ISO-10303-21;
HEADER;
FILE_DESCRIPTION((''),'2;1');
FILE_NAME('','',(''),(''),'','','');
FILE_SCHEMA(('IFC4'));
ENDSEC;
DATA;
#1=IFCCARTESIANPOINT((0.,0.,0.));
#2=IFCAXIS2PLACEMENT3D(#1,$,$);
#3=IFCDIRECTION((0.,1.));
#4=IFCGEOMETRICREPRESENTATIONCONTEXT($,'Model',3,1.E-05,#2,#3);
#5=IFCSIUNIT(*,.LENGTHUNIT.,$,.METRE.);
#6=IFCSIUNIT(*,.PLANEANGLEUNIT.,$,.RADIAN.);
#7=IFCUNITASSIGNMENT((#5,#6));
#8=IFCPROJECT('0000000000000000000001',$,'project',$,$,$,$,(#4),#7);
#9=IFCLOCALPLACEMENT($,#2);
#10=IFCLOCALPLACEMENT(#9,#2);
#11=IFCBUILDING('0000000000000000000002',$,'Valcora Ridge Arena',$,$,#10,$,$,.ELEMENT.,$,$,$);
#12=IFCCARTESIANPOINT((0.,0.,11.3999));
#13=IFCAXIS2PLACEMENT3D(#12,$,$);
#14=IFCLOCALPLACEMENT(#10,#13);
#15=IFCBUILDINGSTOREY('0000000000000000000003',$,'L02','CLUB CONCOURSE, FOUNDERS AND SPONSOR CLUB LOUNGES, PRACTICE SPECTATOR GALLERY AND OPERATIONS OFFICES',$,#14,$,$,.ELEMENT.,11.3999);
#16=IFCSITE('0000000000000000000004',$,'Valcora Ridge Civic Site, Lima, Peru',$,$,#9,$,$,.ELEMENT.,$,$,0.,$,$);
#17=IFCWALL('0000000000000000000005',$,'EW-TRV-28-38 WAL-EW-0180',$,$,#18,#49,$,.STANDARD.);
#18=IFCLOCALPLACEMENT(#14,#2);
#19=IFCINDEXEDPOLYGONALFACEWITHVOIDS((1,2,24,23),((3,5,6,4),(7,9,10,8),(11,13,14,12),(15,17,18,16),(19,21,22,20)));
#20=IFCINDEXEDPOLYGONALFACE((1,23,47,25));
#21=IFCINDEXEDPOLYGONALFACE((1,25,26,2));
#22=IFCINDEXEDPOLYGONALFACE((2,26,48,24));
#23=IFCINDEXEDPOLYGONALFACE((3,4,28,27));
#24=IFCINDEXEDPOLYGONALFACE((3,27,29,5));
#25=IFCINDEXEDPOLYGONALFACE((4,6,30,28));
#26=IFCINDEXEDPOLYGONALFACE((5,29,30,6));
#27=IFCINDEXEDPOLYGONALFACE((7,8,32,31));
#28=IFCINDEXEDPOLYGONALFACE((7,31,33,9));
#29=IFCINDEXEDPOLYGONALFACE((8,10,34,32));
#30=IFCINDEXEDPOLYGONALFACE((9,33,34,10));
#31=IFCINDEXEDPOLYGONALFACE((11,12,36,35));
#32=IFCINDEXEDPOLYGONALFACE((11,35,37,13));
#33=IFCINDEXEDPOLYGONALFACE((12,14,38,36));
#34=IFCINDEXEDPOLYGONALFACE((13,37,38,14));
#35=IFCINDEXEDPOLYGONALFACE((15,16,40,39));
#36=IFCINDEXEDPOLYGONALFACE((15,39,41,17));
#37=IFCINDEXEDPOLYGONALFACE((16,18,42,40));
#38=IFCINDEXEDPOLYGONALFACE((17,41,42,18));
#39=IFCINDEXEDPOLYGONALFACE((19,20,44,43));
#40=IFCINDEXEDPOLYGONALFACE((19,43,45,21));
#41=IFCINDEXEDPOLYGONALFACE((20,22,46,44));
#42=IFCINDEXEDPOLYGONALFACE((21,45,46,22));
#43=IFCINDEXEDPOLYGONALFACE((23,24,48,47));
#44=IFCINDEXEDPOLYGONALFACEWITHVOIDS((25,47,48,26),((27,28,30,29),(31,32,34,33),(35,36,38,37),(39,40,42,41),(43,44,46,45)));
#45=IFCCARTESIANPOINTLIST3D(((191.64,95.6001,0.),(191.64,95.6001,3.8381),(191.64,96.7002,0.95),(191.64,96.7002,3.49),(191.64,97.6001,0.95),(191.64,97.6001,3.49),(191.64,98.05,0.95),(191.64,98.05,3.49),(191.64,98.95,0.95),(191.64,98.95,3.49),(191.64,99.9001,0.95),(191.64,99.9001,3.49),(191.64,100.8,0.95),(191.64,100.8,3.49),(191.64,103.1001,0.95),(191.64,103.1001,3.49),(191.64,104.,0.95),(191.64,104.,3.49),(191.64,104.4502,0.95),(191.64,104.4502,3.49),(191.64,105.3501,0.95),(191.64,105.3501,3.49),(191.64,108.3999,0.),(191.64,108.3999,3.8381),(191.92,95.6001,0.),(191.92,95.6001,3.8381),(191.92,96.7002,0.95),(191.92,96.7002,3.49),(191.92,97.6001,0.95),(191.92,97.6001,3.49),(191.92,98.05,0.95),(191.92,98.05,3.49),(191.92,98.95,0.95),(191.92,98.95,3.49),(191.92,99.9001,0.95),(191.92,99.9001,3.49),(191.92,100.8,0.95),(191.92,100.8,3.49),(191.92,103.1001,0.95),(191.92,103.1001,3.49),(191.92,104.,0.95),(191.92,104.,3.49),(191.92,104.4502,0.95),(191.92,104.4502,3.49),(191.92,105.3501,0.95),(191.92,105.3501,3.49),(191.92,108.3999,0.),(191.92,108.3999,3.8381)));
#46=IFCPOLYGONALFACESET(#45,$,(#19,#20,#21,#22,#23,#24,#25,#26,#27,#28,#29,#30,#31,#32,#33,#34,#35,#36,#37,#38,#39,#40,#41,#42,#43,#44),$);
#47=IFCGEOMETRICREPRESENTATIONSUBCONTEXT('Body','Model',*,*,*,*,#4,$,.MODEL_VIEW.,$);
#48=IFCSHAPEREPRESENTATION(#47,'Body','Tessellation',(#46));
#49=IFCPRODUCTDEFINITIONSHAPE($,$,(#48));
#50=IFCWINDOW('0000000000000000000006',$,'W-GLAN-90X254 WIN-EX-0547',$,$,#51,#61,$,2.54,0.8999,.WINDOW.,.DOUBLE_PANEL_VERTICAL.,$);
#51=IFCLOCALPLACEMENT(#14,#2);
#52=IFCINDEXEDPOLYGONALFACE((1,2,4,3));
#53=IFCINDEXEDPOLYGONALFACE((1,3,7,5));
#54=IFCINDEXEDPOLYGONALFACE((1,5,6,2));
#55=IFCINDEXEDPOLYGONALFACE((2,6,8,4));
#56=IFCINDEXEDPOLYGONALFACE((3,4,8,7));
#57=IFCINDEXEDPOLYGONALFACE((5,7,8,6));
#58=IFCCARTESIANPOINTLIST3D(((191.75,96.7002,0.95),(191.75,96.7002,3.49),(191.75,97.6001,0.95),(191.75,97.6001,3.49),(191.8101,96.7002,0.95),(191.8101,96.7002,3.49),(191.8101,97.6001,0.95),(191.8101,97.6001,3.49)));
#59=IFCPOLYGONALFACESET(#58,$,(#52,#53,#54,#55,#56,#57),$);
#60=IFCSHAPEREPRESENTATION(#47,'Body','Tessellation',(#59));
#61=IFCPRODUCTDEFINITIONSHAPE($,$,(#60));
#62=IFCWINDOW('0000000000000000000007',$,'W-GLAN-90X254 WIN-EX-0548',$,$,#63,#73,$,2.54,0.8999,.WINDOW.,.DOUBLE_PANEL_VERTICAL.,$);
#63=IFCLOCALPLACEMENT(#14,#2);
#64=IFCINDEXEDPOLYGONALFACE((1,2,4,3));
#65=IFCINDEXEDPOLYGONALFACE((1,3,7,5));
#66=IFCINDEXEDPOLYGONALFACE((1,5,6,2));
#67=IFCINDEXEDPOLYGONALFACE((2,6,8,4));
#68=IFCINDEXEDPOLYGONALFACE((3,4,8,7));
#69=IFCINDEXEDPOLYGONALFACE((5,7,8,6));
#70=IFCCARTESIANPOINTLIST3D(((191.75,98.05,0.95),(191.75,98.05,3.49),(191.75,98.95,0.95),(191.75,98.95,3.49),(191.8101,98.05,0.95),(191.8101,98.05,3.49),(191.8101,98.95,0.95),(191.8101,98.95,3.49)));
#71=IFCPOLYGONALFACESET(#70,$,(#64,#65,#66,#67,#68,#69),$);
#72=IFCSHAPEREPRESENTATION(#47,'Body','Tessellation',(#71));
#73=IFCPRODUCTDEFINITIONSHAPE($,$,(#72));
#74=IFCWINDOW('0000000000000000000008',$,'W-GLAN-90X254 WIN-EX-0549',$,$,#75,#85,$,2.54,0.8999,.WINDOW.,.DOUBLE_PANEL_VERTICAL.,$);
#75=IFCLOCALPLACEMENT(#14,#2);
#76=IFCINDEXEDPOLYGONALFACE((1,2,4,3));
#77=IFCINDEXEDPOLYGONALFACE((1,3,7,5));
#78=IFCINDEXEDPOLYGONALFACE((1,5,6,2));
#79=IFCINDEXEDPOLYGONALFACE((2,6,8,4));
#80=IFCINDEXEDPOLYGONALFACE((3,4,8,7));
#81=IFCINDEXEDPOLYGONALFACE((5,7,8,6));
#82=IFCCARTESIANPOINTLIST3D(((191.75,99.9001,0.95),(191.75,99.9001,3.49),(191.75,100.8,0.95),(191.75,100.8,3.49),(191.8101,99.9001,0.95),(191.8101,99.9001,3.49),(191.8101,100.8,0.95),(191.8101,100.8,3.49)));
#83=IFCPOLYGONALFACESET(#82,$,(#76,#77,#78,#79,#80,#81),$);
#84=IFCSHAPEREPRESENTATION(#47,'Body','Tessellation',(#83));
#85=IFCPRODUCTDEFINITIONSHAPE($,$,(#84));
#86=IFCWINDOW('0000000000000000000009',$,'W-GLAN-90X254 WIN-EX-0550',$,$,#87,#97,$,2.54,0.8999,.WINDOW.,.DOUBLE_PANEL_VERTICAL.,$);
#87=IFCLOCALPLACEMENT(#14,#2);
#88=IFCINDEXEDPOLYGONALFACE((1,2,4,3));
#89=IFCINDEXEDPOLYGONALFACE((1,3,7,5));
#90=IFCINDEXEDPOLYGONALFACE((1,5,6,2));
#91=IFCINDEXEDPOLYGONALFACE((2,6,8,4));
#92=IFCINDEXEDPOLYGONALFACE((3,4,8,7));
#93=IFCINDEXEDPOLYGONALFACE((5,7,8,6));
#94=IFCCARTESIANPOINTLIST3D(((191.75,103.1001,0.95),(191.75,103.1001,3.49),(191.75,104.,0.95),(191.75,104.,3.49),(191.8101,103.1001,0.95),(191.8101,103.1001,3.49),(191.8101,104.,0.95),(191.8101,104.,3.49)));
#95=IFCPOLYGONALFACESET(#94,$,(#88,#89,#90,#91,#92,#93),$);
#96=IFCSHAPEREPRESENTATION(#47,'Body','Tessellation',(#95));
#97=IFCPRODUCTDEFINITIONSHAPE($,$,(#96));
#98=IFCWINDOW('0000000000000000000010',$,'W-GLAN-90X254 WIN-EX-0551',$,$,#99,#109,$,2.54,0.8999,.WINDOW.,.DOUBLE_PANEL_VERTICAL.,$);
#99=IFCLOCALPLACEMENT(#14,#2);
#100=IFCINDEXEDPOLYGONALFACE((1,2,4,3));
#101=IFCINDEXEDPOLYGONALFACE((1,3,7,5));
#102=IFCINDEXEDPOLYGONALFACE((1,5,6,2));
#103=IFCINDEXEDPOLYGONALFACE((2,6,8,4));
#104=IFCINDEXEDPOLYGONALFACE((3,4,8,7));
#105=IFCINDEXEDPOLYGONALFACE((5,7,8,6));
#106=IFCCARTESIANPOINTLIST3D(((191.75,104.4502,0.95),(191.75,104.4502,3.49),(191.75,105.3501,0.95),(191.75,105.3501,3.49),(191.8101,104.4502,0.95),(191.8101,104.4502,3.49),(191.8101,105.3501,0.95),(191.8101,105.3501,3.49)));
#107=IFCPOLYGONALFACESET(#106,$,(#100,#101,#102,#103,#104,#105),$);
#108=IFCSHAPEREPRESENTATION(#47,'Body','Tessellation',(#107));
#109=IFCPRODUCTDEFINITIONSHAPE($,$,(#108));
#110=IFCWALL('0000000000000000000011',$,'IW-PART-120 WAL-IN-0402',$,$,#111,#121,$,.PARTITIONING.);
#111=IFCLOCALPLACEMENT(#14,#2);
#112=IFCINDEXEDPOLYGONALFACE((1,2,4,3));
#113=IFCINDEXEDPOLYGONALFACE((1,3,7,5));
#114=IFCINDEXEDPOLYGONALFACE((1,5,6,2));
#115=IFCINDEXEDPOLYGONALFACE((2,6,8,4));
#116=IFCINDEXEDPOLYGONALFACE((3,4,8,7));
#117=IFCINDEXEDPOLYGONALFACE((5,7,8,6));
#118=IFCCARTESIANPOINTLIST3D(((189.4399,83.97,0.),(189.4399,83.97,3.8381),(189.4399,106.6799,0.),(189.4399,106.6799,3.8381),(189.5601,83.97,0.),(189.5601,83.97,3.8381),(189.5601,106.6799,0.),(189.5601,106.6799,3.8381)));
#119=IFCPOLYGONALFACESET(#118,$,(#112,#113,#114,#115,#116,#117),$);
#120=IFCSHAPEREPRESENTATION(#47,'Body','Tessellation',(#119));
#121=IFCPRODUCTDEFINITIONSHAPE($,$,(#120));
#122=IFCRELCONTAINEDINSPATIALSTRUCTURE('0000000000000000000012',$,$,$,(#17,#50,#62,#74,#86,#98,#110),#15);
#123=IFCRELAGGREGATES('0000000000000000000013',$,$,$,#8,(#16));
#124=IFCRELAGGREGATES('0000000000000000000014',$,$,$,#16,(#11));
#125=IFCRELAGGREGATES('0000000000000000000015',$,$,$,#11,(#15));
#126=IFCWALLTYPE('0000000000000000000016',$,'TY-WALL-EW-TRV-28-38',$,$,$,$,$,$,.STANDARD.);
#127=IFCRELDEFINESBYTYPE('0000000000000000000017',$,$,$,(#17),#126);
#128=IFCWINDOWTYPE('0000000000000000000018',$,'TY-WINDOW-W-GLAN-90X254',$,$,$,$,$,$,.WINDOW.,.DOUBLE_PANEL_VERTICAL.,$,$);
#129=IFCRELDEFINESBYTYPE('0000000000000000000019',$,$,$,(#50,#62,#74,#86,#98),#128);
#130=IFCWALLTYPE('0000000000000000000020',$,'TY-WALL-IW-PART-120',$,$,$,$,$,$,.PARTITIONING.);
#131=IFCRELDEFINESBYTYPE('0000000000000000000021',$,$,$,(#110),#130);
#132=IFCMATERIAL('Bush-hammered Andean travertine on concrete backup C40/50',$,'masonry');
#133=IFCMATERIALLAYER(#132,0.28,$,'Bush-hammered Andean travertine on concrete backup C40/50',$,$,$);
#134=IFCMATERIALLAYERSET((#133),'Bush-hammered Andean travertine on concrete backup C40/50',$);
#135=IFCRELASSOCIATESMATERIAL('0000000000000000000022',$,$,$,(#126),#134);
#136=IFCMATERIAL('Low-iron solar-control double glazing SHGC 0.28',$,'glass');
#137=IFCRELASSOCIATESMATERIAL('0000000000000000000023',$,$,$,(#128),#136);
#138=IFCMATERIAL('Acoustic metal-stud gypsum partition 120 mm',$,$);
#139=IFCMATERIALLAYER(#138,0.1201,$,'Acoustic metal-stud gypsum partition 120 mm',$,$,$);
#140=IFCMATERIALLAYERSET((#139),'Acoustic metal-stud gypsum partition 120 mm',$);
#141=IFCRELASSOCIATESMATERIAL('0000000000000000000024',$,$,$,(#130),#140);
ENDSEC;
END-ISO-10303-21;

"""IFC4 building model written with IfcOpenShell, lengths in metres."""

from ifc_helpers import new_model, si_unit, direction, frame, frame_2d, origin, place, context, subcontext, project, spatial, rectangle, extrude, material, layer, layer_set, type_object, element, fill, save


model = new_model("IFC4")

# Units and contexts
model_context = context("Model", 3, precision=1e-05, world=origin(), true_north=direction((0.0, 1.0)))
body_context = subcontext(model_context, "Body", "Model", "MODEL_VIEW")
ifc_project = project(units=[si_unit("LENGTHUNIT", "METRE"), si_unit("PLANEANGLEUNIT", "RADIAN")], contexts=[model_context])

# Site, building, storey
site_placement = place(None, origin())
site = spatial("IfcSite", under=ifc_project, at=site_placement, Name="Valcora Ridge Civic Site, Lima, Peru", CompositionType="ELEMENT", RefElevation=0.0)
building_placement = place(site_placement, origin())
building = spatial("IfcBuilding", under=site, at=building_placement, Name="Valcora Ridge Arena", CompositionType="ELEMENT")
storey_placement = place(building_placement, frame((0.0, 0.0, 11.3999)))
storey = spatial("IfcBuildingStorey", under=building, at=storey_placement, Name="L02", Description="CLUB CONCOURSE, FOUNDERS AND SPONSOR CLUB LOUNGES, PRACTICE SPECTATOR GALLERY AND OPERATIONS OFFICES", CompositionType="ELEMENT", Elevation=11.3999)

# Wall, openings, windows
ifc_material_1 = material(Name="Bush-hammered Andean travertine on concrete backup C40/50", Category="masonry")
ifc_layer_1 = layer(ifc_material_1, 0.28, Name="Bush-hammered Andean travertine on concrete backup C40/50")
ifc_layer_set_1 = layer_set([ifc_layer_1], Name="Bush-hammered Andean travertine on concrete backup C40/50")
wall_type_1 = type_object("IfcWallType", Name="TY-WALL-EW-TRV-28-38", PredefinedType="STANDARD", material=ifc_layer_set_1)
ifc_material_2 = material(Name="Low-iron solar-control double glazing SHGC 0.28", Category="glass")
window_type = type_object("IfcWindowType", Name="TY-WINDOW-W-GLAN-90X254", PartitioningType="DOUBLE_PANEL_VERTICAL", PredefinedType="WINDOW", material=ifc_material_2)
wall_1_placement = place(storey_placement, frame((191.78, 95.6001, 0.0), z_axis=(0.0, 0.0, 1.0), x_axis=(0.0, 1.0, 0.0)))
wall_1 = element("IfcWall", 1, at=wall_1_placement, inside=storey, type_object=wall_type_1, Name="EW-TRV-28-38 WAL-EW-0180", PredefinedType="STANDARD", context=body_context, shape_type="SweptSolid", body=[
    extrude(rectangle(XDim=12.7998, YDim=0.28, at=frame_2d((6.3999, 0.0))), origin(), (0.0, 0.0, 1.0), 3.8381),
])
opening_1_placement = place(wall_1_placement, frame((1.1001, 0.0, 0.95)))
opening_1 = element("IfcOpeningElement", 2, at=opening_1_placement, cuts=wall_1, PredefinedType="OPENING", context=body_context, shape_type="SweptSolid", body=[
    extrude(rectangle(XDim=0.8999, YDim=2.54, at=frame_2d((0.45, 1.27))), frame((0.0, 0.1499, 0.0), z_axis=(0.0, -1.0, 0.0), x_axis=(1.0, 0.0, 0.0)), (0.0, 0.0, 1.0), 0.3),
])
opening_2_placement = place(wall_1_placement, frame((2.45, 0.0, 0.95)))
opening_2 = element("IfcOpeningElement", 3, at=opening_2_placement, cuts=wall_1, PredefinedType="OPENING", context=body_context, shape_type="SweptSolid", body=[
    extrude(rectangle(XDim=0.8999, YDim=2.54, at=frame_2d((0.45, 1.27))), frame((0.0, 0.1499, 0.0), z_axis=(0.0, -1.0, 0.0), x_axis=(1.0, 0.0, 0.0)), (0.0, 0.0, 1.0), 0.3),
])
opening_3_placement = place(wall_1_placement, frame((4.3, 0.0, 0.95)))
opening_3 = element("IfcOpeningElement", 4, at=opening_3_placement, cuts=wall_1, PredefinedType="OPENING", context=body_context, shape_type="SweptSolid", body=[
    extrude(rectangle(XDim=0.8999, YDim=2.54, at=frame_2d((0.45, 1.27))), frame((0.0, 0.1499, 0.0), z_axis=(0.0, -1.0, 0.0), x_axis=(1.0, 0.0, 0.0)), (0.0, 0.0, 1.0), 0.3),
])
opening_4_placement = place(wall_1_placement, frame((7.5, 0.0, 0.95)))
opening_4 = element("IfcOpeningElement", 5, at=opening_4_placement, cuts=wall_1, PredefinedType="OPENING", context=body_context, shape_type="SweptSolid", body=[
    extrude(rectangle(XDim=0.8999, YDim=2.54, at=frame_2d((0.45, 1.27))), frame((0.0, 0.1499, 0.0), z_axis=(0.0, -1.0, 0.0), x_axis=(1.0, 0.0, 0.0)), (0.0, 0.0, 1.0), 0.3),
])
opening_5_placement = place(wall_1_placement, frame((8.8501, 0.0, 0.95)))
opening_5 = element("IfcOpeningElement", 6, at=opening_5_placement, cuts=wall_1, PredefinedType="OPENING", context=body_context, shape_type="SweptSolid", body=[
    extrude(rectangle(XDim=0.8999, YDim=2.54, at=frame_2d((0.45, 1.27))), frame((0.0, 0.1499, 0.0), z_axis=(0.0, -1.0, 0.0), x_axis=(1.0, 0.0, 0.0)), (0.0, 0.0, 1.0), 0.3),
])
window_1_placement = place(opening_1_placement, origin())
window_1 = element("IfcWindow", 7, at=window_1_placement, inside=storey, type_object=window_type, Name="W-GLAN-90X254 WIN-EX-0547", OverallHeight=2.54, OverallWidth=0.8999, PartitioningType="DOUBLE_PANEL_VERTICAL", PredefinedType="WINDOW", context=body_context, shape_type="SweptSolid", body=[
    extrude(rectangle(XDim=0.8999, YDim=2.54, at=frame_2d((0.45, 1.27))), frame((0.0, 0.03, 0.0), z_axis=(0.0, -1.0, 0.0), x_axis=(1.0, 0.0, 0.0)), (0.0, 0.0, 1.0), 0.0601),
])
fill(opening_1, window_1)
window_2_placement = place(opening_2_placement, origin())
window_2 = element("IfcWindow", 8, at=window_2_placement, inside=storey, type_object=window_type, Name="W-GLAN-90X254 WIN-EX-0548", OverallHeight=2.54, OverallWidth=0.8999, PartitioningType="DOUBLE_PANEL_VERTICAL", PredefinedType="WINDOW", context=body_context, shape_type="SweptSolid", body=[
    extrude(rectangle(XDim=0.8999, YDim=2.54, at=frame_2d((0.45, 1.27))), frame((0.0, 0.03, 0.0), z_axis=(0.0, -1.0, 0.0), x_axis=(1.0, 0.0, 0.0)), (0.0, 0.0, 1.0), 0.0601),
])
fill(opening_2, window_2)
window_3_placement = place(opening_3_placement, origin())
window_3 = element("IfcWindow", 9, at=window_3_placement, inside=storey, type_object=window_type, Name="W-GLAN-90X254 WIN-EX-0549", OverallHeight=2.54, OverallWidth=0.8999, PartitioningType="DOUBLE_PANEL_VERTICAL", PredefinedType="WINDOW", context=body_context, shape_type="SweptSolid", body=[
    extrude(rectangle(XDim=0.8999, YDim=2.54, at=frame_2d((0.45, 1.27))), frame((0.0, 0.03, 0.0), z_axis=(0.0, -1.0, 0.0), x_axis=(1.0, 0.0, 0.0)), (0.0, 0.0, 1.0), 0.0601),
])
fill(opening_3, window_3)
window_4_placement = place(opening_4_placement, origin())
window_4 = element("IfcWindow", 10, at=window_4_placement, inside=storey, type_object=window_type, Name="W-GLAN-90X254 WIN-EX-0550", OverallHeight=2.54, OverallWidth=0.8999, PartitioningType="DOUBLE_PANEL_VERTICAL", PredefinedType="WINDOW", context=body_context, shape_type="SweptSolid", body=[
    extrude(rectangle(XDim=0.8999, YDim=2.54, at=frame_2d((0.45, 1.27))), frame((0.0, 0.03, 0.0), z_axis=(0.0, -1.0, 0.0), x_axis=(1.0, 0.0, 0.0)), (0.0, 0.0, 1.0), 0.0601),
])
fill(opening_4, window_4)
window_5_placement = place(opening_5_placement, origin())
window_5 = element("IfcWindow", 11, at=window_5_placement, inside=storey, type_object=window_type, Name="W-GLAN-90X254 WIN-EX-0551", OverallHeight=2.54, OverallWidth=0.8999, PartitioningType="DOUBLE_PANEL_VERTICAL", PredefinedType="WINDOW", context=body_context, shape_type="SweptSolid", body=[
    extrude(rectangle(XDim=0.8999, YDim=2.54, at=frame_2d((0.45, 1.27))), frame((0.0, 0.03, 0.0), z_axis=(0.0, -1.0, 0.0), x_axis=(1.0, 0.0, 0.0)), (0.0, 0.0, 1.0), 0.0601),
])
fill(opening_5, window_5)

# Wall
ifc_material_3 = material(Name="Acoustic metal-stud gypsum partition 120 mm")
ifc_layer_2 = layer(ifc_material_3, 0.1201, Name="Acoustic metal-stud gypsum partition 120 mm")
ifc_layer_set_2 = layer_set([ifc_layer_2], Name="Acoustic metal-stud gypsum partition 120 mm")
wall_type_2 = type_object("IfcWallType", Name="TY-WALL-IW-PART-120", PredefinedType="PARTITIONING", material=ifc_layer_set_2)
wall_2_placement = place(storey_placement, frame((189.5, 83.97, 0.0), z_axis=(0.0, 0.0, 1.0), x_axis=(0.0, 1.0, 0.0)))
element("IfcWall", 12, at=wall_2_placement, inside=storey, type_object=wall_type_2, Name="IW-PART-120 WAL-IN-0402", PredefinedType="PARTITIONING", context=body_context, shape_type="SweptSolid", body=[
    extrude(rectangle(XDim=22.71, YDim=0.1201, at=frame_2d((11.355, 0.0))), origin(), (0.0, 0.0, 1.0), 3.8381),
])

save(model, "model.ifc")
